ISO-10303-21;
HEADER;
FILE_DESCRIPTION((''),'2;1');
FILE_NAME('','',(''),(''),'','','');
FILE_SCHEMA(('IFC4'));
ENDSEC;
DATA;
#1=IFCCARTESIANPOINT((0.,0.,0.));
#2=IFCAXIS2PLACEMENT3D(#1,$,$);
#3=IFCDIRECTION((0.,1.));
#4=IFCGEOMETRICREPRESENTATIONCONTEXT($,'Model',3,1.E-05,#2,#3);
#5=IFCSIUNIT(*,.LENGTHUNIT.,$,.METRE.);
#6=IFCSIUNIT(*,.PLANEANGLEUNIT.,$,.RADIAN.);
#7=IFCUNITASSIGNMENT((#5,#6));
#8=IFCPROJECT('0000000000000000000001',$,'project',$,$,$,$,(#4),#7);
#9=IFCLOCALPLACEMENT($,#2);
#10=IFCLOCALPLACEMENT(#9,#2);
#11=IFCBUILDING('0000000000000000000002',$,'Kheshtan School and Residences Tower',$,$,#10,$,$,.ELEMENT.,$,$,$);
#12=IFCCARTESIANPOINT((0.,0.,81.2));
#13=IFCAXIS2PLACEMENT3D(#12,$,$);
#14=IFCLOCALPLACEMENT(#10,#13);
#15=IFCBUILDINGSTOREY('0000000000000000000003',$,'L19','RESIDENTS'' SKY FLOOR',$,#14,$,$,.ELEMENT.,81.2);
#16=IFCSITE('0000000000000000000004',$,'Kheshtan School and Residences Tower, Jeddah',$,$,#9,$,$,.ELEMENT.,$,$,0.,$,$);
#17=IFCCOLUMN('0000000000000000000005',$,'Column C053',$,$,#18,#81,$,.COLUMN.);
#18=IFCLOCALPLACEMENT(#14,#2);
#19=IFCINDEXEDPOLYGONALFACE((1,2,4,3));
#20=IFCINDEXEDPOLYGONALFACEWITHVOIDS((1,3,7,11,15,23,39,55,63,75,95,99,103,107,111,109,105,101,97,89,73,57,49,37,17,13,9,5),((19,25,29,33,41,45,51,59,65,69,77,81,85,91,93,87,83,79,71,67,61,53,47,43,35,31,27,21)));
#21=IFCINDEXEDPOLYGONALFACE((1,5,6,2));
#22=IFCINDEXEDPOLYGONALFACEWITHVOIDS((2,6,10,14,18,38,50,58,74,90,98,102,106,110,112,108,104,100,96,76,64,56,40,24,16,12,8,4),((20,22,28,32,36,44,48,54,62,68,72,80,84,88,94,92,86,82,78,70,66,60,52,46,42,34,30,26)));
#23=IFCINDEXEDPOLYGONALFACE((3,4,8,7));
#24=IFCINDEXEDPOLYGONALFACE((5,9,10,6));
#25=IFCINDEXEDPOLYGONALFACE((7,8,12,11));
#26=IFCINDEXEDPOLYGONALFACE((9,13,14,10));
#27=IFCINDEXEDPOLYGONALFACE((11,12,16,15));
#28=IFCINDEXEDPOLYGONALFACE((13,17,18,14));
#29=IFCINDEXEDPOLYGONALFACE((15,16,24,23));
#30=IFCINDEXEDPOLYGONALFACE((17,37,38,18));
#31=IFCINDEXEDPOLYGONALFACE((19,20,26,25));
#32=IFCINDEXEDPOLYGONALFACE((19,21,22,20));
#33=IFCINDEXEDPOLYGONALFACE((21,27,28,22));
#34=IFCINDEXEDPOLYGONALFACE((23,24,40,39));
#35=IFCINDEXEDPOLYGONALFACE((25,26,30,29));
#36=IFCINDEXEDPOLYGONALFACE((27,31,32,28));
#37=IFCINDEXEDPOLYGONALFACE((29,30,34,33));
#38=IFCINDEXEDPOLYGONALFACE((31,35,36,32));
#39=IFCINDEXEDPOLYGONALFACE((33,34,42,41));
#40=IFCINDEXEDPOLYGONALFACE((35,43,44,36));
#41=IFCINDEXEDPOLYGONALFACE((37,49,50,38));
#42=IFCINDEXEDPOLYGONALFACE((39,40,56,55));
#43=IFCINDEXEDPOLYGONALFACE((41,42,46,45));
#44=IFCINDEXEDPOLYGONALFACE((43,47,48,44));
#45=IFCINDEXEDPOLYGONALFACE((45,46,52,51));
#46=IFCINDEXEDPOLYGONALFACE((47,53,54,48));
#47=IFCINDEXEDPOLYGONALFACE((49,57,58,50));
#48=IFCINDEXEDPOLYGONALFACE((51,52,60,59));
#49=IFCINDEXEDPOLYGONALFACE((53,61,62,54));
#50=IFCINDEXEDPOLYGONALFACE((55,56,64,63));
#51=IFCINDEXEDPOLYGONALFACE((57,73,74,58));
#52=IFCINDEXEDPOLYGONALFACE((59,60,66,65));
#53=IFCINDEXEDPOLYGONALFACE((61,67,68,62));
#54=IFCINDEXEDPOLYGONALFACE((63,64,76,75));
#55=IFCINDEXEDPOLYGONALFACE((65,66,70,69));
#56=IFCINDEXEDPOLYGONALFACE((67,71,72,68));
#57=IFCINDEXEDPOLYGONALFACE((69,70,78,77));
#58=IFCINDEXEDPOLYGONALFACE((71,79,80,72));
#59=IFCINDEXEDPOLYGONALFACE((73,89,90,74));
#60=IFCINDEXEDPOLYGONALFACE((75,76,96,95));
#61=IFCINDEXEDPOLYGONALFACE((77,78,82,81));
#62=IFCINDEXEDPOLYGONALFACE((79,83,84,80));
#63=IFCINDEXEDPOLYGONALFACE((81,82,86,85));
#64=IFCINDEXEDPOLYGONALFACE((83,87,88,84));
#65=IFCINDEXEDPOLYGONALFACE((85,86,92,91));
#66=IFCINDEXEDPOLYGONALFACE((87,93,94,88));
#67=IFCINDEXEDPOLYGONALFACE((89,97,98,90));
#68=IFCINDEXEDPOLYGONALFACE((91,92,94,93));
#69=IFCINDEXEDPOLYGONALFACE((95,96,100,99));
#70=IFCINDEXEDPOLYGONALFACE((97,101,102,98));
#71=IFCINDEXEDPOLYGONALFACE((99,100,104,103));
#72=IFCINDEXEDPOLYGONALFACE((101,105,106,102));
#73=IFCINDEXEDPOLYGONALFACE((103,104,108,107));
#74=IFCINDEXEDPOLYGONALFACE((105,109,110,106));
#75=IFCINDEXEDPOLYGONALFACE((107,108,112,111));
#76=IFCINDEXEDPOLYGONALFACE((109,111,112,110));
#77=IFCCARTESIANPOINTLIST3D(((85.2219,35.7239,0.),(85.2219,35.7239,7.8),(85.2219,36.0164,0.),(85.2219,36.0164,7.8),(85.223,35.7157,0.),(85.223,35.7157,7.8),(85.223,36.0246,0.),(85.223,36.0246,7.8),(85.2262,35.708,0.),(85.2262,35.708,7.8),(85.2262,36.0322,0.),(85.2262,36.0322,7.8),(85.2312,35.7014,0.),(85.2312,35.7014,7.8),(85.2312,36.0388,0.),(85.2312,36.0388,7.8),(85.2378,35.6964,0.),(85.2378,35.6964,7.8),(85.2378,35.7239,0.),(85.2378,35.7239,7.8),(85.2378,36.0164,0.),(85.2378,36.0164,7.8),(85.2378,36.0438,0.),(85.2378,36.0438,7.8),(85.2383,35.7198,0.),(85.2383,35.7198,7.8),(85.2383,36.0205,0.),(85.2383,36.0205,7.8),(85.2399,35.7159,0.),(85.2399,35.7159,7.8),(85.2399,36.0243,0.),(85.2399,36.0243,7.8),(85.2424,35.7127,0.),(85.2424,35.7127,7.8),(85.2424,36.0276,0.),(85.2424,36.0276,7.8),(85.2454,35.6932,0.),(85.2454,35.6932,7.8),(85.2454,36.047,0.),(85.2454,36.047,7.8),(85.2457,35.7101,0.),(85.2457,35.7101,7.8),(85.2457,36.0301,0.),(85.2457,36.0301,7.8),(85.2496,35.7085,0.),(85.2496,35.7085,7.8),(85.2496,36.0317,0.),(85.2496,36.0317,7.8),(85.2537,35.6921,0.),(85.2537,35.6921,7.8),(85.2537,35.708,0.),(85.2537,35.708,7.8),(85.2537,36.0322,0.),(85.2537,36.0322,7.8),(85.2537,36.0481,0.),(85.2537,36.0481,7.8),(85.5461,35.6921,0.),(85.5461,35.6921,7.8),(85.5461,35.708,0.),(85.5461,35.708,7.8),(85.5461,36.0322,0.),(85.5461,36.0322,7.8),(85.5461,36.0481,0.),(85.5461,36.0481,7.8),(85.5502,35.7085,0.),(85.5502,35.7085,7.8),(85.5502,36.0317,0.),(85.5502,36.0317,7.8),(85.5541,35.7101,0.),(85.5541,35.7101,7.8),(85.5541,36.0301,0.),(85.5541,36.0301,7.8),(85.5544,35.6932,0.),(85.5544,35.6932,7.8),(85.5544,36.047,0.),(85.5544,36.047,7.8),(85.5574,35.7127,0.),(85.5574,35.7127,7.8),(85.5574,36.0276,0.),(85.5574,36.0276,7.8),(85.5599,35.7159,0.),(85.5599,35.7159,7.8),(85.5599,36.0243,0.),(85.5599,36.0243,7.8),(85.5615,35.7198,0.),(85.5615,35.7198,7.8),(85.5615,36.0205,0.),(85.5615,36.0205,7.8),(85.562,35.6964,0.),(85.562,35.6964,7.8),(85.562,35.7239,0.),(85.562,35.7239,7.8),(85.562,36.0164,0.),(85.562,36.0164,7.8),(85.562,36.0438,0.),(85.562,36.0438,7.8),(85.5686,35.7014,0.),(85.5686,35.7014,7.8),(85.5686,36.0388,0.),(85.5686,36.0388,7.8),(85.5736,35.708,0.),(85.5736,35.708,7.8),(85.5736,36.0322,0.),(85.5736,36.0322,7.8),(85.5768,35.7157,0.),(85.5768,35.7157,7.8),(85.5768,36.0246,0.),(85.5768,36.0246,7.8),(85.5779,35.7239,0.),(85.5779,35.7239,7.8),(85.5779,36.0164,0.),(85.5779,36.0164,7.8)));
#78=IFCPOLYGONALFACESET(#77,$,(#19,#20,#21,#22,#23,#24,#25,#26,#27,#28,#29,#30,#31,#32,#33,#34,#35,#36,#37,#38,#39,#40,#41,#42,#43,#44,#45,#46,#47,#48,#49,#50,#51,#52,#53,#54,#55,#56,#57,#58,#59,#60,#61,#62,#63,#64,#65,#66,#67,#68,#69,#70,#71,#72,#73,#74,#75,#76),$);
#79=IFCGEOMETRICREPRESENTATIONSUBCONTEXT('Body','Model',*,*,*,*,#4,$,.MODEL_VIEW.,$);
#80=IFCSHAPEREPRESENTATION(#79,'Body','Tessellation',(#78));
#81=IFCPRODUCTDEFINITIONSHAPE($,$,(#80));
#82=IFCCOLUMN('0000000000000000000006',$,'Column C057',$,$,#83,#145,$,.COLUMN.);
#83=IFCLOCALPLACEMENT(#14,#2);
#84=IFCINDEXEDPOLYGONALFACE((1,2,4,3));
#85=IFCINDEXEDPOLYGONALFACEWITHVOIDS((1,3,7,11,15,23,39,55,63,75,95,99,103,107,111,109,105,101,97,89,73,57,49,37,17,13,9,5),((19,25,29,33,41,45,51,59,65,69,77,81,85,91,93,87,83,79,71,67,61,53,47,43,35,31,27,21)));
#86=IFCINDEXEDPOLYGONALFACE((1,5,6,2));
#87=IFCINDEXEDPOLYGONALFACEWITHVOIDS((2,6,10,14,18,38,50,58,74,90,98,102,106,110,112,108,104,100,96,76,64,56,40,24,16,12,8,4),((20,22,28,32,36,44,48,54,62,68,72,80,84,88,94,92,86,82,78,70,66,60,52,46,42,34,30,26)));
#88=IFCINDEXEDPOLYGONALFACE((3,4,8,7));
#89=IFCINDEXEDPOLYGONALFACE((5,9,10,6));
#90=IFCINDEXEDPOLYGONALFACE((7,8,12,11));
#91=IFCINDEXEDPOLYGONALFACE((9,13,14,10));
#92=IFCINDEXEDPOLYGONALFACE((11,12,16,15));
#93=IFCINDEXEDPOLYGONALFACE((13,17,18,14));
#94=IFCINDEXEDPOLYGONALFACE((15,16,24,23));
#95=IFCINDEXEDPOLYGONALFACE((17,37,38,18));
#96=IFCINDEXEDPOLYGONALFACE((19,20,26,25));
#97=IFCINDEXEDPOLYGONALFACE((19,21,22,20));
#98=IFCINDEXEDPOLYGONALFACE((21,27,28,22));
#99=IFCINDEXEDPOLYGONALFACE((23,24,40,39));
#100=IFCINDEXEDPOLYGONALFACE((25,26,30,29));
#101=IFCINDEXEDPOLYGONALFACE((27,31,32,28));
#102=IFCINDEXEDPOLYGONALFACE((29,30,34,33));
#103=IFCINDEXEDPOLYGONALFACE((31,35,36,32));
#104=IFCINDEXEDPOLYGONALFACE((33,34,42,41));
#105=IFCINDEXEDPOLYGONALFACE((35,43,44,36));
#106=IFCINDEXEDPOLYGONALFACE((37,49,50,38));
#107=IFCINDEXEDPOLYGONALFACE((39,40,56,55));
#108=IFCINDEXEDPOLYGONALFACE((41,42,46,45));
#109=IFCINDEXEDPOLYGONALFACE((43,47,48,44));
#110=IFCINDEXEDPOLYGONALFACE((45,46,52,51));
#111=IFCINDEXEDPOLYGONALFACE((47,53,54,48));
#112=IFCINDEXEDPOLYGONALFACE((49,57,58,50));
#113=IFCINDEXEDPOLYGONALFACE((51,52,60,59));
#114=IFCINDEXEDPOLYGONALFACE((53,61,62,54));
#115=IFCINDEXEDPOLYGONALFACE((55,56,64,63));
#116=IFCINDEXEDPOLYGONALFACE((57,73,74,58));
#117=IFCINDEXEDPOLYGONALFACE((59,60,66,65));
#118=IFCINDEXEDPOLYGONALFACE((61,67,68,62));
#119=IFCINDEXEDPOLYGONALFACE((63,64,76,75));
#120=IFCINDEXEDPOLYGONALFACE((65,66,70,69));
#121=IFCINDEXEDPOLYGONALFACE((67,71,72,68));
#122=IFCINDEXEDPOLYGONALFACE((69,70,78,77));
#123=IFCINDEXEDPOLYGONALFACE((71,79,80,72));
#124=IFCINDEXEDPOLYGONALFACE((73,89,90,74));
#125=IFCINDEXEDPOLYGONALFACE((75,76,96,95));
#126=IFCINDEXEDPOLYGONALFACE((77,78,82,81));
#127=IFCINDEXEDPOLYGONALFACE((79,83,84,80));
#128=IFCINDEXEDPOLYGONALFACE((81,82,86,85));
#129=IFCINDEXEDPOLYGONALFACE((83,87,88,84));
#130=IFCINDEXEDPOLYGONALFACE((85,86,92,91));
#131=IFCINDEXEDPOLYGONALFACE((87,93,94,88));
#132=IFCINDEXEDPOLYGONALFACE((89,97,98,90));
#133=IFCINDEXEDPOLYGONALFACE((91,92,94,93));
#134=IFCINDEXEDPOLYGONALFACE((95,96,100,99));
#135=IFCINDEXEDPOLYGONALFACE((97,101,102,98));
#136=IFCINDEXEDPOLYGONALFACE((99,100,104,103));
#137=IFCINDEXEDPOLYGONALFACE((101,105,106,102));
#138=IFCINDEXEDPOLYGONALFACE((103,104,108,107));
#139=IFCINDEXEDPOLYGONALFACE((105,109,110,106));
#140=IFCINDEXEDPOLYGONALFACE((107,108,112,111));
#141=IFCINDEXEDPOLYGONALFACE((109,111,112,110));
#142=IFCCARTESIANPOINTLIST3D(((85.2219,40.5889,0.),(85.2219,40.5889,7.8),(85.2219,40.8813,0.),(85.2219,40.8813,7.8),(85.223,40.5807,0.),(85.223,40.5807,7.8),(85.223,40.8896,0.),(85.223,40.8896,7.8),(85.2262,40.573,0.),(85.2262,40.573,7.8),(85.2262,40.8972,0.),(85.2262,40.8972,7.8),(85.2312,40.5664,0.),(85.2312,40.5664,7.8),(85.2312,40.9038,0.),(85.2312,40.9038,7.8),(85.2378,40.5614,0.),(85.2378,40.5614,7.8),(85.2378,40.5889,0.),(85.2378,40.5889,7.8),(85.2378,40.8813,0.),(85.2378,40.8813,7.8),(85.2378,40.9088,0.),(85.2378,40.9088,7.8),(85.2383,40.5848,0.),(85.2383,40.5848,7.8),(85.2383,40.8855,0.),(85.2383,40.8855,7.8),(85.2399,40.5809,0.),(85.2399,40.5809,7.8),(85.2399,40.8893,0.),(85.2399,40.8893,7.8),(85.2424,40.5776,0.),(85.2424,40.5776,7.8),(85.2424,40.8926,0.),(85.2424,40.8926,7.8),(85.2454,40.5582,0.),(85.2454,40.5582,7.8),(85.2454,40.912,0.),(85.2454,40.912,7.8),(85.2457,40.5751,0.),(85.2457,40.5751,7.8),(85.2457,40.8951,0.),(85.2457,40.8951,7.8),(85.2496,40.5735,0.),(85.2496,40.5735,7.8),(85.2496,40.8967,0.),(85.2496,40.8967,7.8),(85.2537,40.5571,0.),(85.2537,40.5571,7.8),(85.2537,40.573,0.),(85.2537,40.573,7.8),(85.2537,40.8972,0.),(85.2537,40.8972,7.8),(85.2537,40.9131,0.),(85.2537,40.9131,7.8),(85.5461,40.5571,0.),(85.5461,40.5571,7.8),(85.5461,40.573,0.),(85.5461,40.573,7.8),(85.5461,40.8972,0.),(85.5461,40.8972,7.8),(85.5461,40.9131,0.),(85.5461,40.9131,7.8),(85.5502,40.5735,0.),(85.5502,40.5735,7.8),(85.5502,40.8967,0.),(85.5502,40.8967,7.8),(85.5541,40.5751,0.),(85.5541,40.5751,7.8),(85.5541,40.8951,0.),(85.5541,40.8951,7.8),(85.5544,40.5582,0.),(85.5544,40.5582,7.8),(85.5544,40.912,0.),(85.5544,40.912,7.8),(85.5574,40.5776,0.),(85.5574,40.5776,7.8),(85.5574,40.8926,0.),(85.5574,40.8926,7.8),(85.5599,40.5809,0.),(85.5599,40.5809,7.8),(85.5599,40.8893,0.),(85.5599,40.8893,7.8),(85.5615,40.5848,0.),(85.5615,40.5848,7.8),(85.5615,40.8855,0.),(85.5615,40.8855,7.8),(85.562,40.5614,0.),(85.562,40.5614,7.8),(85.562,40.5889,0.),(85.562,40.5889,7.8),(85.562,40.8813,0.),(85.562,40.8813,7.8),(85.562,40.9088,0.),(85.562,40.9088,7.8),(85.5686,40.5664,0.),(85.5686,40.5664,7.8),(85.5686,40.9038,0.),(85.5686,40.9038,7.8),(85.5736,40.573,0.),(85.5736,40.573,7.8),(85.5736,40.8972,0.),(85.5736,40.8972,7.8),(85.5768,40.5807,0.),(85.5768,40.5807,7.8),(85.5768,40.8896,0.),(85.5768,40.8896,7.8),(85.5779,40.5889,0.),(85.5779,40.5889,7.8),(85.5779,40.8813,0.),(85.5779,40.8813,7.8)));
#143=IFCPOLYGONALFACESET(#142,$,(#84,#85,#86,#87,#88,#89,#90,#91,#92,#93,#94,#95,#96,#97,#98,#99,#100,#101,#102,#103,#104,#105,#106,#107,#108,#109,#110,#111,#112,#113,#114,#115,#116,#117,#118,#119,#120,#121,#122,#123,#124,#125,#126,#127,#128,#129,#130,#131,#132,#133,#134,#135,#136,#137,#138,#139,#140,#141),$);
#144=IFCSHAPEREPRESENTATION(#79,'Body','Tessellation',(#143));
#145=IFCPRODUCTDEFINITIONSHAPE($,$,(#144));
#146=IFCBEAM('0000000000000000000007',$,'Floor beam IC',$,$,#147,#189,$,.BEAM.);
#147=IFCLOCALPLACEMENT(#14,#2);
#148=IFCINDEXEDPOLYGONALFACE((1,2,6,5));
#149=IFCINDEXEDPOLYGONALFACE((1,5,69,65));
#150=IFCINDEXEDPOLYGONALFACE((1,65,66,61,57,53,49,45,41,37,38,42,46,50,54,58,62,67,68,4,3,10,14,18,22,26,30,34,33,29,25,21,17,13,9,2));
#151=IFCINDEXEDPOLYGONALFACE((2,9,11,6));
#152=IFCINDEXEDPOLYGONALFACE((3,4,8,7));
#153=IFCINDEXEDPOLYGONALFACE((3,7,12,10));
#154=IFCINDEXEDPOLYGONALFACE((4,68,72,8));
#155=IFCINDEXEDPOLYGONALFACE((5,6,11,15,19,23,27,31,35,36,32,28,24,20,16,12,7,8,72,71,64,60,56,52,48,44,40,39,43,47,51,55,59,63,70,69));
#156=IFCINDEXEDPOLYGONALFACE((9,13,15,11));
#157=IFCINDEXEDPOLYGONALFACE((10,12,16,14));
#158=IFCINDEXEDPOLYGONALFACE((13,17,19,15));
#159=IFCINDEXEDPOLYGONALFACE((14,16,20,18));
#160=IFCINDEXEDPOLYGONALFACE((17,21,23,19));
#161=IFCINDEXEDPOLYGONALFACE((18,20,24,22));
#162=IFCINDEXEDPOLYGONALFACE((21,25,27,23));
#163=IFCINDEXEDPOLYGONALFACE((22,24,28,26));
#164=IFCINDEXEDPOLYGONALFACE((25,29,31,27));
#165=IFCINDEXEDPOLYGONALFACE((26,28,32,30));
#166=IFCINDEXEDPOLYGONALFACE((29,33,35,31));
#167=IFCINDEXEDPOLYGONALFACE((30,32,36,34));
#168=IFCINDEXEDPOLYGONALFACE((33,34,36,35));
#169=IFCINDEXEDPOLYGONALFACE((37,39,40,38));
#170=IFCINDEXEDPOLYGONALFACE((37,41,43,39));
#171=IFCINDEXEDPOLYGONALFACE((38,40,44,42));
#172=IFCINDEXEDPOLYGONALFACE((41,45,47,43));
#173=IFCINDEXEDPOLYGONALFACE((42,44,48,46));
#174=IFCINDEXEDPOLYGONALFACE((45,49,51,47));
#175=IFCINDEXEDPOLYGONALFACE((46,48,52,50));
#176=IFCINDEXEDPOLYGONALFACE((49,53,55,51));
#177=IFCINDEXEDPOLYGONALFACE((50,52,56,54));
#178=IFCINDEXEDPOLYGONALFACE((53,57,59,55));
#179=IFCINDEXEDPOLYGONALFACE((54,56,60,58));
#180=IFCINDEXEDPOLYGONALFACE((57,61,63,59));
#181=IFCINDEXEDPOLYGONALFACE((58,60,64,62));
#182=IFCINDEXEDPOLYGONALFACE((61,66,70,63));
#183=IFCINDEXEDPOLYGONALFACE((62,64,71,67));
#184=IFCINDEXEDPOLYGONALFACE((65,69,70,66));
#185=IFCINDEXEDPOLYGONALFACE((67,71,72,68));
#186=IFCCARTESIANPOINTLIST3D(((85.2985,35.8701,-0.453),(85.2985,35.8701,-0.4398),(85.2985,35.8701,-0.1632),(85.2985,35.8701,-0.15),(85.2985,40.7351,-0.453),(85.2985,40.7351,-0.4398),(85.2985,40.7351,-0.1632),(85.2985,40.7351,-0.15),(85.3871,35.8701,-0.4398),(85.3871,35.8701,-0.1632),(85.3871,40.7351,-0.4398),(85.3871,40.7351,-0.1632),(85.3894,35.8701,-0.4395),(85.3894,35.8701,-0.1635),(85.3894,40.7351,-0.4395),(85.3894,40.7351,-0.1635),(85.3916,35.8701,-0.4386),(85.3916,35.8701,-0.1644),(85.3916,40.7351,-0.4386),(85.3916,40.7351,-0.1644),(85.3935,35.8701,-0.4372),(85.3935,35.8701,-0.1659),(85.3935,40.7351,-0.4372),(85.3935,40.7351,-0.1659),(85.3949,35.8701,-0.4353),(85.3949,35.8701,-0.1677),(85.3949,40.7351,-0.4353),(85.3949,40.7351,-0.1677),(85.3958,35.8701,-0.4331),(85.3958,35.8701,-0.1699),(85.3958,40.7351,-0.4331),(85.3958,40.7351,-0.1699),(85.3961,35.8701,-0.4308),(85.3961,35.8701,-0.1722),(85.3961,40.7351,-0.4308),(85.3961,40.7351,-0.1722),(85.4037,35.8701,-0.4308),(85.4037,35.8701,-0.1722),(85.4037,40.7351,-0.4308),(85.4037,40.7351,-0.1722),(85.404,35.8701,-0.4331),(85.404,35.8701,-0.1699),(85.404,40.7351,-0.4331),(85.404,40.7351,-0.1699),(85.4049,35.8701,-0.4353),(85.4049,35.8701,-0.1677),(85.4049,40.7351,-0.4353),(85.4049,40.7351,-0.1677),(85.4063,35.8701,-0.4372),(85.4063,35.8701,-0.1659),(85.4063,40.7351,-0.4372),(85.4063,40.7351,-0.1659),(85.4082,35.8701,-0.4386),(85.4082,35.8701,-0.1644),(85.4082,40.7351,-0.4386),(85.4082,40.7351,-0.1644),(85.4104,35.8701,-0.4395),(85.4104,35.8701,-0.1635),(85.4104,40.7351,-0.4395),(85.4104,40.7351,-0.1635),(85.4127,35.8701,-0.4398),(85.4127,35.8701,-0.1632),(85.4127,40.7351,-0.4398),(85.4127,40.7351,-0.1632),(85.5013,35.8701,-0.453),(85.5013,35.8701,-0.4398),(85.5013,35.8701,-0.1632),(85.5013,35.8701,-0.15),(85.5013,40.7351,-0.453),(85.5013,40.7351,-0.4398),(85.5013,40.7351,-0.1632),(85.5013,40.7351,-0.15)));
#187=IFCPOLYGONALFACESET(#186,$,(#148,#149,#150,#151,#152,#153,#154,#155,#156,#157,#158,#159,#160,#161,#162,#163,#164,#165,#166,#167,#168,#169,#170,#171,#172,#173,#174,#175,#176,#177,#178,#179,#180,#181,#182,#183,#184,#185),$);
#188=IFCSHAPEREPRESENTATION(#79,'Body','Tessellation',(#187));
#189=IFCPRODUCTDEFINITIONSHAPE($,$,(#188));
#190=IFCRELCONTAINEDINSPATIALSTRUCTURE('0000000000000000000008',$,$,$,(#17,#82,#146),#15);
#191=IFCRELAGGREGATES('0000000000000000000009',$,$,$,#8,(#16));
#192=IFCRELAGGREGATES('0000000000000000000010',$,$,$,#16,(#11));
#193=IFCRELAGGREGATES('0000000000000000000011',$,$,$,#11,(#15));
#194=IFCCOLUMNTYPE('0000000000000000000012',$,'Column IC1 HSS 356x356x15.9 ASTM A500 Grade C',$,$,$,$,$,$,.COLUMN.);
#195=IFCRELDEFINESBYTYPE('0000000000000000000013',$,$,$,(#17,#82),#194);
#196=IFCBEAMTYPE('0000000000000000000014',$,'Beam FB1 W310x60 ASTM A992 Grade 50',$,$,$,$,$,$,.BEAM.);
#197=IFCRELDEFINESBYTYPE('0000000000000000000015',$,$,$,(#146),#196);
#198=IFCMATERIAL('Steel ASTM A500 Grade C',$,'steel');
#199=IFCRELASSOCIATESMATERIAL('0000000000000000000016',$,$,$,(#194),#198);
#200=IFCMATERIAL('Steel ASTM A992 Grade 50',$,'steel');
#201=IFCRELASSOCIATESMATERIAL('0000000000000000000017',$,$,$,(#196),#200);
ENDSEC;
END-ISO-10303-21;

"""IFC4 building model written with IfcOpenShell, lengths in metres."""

from ifc_helpers import new_model, si_unit, direction, frame, origin, origin_2d, place, context, subcontext, project, spatial, hollow_rectangle, i_section, extrude, material, material_profile, profile_set, type_object, element, save


model = new_model("IFC4")

# Units and contexts
model_context = context("Model", 3, precision=1e-05, world=origin(), true_north=direction((0.0, 1.0)))
body_context = subcontext(model_context, "Body", "Model", "MODEL_VIEW")
ifc_project = project(units=[si_unit("LENGTHUNIT", "METRE"), si_unit("PLANEANGLEUNIT", "RADIAN")], contexts=[model_context])

# Site, building, storey
site_placement = place(None, origin())
site = spatial("IfcSite", under=ifc_project, at=site_placement, Name="Kheshtan School and Residences Tower, Jeddah", CompositionType="ELEMENT", RefElevation=0.0)
building_placement = place(site_placement, origin())
building = spatial("IfcBuilding", under=site, at=building_placement, Name="Kheshtan School and Residences Tower", CompositionType="ELEMENT")
storey_placement = place(building_placement, frame((0.0, 0.0, 81.2)))
storey = spatial("IfcBuildingStorey", under=building, at=storey_placement, Name="L19", Description="RESIDENTS' SKY FLOOR", CompositionType="ELEMENT", Elevation=81.2)

# Columns
ifc_material_1 = material(Name="Steel ASTM A500 Grade C", Category="steel")
ifc_material_profile_1 = material_profile(ifc_material_1, hollow_rectangle(XDim=0.356, YDim=0.356, WallThickness=0.0159, InnerFilletRadius=0.0159, OuterFilletRadius=0.0317, at=origin_2d()), Name="HSS 356x356x15.9")
ifc_profile_set_1 = profile_set([ifc_material_profile_1], Name="Steel ASTM A500 Grade C")
column_type = type_object("IfcColumnType", Name="Column IC1 HSS 356x356x15.9 ASTM A500 Grade C", PredefinedType="COLUMN", material=ifc_profile_set_1)
for number, where, z_axis, x_axis, name in (
    (1, (85.3999, 35.8701, 0.0), (0.0, 0.0, 1.0), (1.0, 0.0, 0.0), "Column C053"),
    (2, (85.3999, 40.7351, 0.0), (0.0, 0.0, 1.0), (1.0, 0.0, 0.0), "Column C057"),
):
    element("IfcColumn", number, at=place(storey_placement, frame(where, z_axis=z_axis, x_axis=x_axis)), inside=storey, type_object=column_type, Name=name, PredefinedType="COLUMN", context=body_context, shape_type="SweptSolid", body=[
        extrude(hollow_rectangle(XDim=0.356, YDim=0.356, WallThickness=0.0159, InnerFilletRadius=0.0159, OuterFilletRadius=0.0317, at=origin_2d()), origin(), (0.0, 0.0, 1.0), 7.8),
    ])

# Beam
ifc_material_2 = material(Name="Steel ASTM A992 Grade 50", Category="steel")
ifc_material_profile_2 = material_profile(ifc_material_2, i_section(OverallWidth=0.2029, OverallDepth=0.303, WebThickness=0.0076, FlangeThickness=0.0132, FilletRadius=0.009, at=origin_2d()), Name="W310x60")
ifc_profile_set_2 = profile_set([ifc_material_profile_2], Name="Steel ASTM A992 Grade 50")
beam_type = type_object("IfcBeamType", Name="Beam FB1 W310x60 ASTM A992 Grade 50", PredefinedType="BEAM", material=ifc_profile_set_2)
beam_placement = place(storey_placement, frame((85.3999, 40.7351, -0.3015), z_axis=(0.0, -1.0, 0.0), x_axis=(1.0, 0.0, 0.0)))
element("IfcBeam", 3, at=beam_placement, inside=storey, type_object=beam_type, Name="Floor beam IC", PredefinedType="BEAM", context=body_context, shape_type="SweptSolid", body=[
    extrude(i_section(OverallWidth=0.2029, OverallDepth=0.303, WebThickness=0.0076, FlangeThickness=0.0132, FilletRadius=0.009, at=origin_2d()), origin(), (0.0, 0.0, 1.0), 4.865),
])

save(model, "model.ifc")
